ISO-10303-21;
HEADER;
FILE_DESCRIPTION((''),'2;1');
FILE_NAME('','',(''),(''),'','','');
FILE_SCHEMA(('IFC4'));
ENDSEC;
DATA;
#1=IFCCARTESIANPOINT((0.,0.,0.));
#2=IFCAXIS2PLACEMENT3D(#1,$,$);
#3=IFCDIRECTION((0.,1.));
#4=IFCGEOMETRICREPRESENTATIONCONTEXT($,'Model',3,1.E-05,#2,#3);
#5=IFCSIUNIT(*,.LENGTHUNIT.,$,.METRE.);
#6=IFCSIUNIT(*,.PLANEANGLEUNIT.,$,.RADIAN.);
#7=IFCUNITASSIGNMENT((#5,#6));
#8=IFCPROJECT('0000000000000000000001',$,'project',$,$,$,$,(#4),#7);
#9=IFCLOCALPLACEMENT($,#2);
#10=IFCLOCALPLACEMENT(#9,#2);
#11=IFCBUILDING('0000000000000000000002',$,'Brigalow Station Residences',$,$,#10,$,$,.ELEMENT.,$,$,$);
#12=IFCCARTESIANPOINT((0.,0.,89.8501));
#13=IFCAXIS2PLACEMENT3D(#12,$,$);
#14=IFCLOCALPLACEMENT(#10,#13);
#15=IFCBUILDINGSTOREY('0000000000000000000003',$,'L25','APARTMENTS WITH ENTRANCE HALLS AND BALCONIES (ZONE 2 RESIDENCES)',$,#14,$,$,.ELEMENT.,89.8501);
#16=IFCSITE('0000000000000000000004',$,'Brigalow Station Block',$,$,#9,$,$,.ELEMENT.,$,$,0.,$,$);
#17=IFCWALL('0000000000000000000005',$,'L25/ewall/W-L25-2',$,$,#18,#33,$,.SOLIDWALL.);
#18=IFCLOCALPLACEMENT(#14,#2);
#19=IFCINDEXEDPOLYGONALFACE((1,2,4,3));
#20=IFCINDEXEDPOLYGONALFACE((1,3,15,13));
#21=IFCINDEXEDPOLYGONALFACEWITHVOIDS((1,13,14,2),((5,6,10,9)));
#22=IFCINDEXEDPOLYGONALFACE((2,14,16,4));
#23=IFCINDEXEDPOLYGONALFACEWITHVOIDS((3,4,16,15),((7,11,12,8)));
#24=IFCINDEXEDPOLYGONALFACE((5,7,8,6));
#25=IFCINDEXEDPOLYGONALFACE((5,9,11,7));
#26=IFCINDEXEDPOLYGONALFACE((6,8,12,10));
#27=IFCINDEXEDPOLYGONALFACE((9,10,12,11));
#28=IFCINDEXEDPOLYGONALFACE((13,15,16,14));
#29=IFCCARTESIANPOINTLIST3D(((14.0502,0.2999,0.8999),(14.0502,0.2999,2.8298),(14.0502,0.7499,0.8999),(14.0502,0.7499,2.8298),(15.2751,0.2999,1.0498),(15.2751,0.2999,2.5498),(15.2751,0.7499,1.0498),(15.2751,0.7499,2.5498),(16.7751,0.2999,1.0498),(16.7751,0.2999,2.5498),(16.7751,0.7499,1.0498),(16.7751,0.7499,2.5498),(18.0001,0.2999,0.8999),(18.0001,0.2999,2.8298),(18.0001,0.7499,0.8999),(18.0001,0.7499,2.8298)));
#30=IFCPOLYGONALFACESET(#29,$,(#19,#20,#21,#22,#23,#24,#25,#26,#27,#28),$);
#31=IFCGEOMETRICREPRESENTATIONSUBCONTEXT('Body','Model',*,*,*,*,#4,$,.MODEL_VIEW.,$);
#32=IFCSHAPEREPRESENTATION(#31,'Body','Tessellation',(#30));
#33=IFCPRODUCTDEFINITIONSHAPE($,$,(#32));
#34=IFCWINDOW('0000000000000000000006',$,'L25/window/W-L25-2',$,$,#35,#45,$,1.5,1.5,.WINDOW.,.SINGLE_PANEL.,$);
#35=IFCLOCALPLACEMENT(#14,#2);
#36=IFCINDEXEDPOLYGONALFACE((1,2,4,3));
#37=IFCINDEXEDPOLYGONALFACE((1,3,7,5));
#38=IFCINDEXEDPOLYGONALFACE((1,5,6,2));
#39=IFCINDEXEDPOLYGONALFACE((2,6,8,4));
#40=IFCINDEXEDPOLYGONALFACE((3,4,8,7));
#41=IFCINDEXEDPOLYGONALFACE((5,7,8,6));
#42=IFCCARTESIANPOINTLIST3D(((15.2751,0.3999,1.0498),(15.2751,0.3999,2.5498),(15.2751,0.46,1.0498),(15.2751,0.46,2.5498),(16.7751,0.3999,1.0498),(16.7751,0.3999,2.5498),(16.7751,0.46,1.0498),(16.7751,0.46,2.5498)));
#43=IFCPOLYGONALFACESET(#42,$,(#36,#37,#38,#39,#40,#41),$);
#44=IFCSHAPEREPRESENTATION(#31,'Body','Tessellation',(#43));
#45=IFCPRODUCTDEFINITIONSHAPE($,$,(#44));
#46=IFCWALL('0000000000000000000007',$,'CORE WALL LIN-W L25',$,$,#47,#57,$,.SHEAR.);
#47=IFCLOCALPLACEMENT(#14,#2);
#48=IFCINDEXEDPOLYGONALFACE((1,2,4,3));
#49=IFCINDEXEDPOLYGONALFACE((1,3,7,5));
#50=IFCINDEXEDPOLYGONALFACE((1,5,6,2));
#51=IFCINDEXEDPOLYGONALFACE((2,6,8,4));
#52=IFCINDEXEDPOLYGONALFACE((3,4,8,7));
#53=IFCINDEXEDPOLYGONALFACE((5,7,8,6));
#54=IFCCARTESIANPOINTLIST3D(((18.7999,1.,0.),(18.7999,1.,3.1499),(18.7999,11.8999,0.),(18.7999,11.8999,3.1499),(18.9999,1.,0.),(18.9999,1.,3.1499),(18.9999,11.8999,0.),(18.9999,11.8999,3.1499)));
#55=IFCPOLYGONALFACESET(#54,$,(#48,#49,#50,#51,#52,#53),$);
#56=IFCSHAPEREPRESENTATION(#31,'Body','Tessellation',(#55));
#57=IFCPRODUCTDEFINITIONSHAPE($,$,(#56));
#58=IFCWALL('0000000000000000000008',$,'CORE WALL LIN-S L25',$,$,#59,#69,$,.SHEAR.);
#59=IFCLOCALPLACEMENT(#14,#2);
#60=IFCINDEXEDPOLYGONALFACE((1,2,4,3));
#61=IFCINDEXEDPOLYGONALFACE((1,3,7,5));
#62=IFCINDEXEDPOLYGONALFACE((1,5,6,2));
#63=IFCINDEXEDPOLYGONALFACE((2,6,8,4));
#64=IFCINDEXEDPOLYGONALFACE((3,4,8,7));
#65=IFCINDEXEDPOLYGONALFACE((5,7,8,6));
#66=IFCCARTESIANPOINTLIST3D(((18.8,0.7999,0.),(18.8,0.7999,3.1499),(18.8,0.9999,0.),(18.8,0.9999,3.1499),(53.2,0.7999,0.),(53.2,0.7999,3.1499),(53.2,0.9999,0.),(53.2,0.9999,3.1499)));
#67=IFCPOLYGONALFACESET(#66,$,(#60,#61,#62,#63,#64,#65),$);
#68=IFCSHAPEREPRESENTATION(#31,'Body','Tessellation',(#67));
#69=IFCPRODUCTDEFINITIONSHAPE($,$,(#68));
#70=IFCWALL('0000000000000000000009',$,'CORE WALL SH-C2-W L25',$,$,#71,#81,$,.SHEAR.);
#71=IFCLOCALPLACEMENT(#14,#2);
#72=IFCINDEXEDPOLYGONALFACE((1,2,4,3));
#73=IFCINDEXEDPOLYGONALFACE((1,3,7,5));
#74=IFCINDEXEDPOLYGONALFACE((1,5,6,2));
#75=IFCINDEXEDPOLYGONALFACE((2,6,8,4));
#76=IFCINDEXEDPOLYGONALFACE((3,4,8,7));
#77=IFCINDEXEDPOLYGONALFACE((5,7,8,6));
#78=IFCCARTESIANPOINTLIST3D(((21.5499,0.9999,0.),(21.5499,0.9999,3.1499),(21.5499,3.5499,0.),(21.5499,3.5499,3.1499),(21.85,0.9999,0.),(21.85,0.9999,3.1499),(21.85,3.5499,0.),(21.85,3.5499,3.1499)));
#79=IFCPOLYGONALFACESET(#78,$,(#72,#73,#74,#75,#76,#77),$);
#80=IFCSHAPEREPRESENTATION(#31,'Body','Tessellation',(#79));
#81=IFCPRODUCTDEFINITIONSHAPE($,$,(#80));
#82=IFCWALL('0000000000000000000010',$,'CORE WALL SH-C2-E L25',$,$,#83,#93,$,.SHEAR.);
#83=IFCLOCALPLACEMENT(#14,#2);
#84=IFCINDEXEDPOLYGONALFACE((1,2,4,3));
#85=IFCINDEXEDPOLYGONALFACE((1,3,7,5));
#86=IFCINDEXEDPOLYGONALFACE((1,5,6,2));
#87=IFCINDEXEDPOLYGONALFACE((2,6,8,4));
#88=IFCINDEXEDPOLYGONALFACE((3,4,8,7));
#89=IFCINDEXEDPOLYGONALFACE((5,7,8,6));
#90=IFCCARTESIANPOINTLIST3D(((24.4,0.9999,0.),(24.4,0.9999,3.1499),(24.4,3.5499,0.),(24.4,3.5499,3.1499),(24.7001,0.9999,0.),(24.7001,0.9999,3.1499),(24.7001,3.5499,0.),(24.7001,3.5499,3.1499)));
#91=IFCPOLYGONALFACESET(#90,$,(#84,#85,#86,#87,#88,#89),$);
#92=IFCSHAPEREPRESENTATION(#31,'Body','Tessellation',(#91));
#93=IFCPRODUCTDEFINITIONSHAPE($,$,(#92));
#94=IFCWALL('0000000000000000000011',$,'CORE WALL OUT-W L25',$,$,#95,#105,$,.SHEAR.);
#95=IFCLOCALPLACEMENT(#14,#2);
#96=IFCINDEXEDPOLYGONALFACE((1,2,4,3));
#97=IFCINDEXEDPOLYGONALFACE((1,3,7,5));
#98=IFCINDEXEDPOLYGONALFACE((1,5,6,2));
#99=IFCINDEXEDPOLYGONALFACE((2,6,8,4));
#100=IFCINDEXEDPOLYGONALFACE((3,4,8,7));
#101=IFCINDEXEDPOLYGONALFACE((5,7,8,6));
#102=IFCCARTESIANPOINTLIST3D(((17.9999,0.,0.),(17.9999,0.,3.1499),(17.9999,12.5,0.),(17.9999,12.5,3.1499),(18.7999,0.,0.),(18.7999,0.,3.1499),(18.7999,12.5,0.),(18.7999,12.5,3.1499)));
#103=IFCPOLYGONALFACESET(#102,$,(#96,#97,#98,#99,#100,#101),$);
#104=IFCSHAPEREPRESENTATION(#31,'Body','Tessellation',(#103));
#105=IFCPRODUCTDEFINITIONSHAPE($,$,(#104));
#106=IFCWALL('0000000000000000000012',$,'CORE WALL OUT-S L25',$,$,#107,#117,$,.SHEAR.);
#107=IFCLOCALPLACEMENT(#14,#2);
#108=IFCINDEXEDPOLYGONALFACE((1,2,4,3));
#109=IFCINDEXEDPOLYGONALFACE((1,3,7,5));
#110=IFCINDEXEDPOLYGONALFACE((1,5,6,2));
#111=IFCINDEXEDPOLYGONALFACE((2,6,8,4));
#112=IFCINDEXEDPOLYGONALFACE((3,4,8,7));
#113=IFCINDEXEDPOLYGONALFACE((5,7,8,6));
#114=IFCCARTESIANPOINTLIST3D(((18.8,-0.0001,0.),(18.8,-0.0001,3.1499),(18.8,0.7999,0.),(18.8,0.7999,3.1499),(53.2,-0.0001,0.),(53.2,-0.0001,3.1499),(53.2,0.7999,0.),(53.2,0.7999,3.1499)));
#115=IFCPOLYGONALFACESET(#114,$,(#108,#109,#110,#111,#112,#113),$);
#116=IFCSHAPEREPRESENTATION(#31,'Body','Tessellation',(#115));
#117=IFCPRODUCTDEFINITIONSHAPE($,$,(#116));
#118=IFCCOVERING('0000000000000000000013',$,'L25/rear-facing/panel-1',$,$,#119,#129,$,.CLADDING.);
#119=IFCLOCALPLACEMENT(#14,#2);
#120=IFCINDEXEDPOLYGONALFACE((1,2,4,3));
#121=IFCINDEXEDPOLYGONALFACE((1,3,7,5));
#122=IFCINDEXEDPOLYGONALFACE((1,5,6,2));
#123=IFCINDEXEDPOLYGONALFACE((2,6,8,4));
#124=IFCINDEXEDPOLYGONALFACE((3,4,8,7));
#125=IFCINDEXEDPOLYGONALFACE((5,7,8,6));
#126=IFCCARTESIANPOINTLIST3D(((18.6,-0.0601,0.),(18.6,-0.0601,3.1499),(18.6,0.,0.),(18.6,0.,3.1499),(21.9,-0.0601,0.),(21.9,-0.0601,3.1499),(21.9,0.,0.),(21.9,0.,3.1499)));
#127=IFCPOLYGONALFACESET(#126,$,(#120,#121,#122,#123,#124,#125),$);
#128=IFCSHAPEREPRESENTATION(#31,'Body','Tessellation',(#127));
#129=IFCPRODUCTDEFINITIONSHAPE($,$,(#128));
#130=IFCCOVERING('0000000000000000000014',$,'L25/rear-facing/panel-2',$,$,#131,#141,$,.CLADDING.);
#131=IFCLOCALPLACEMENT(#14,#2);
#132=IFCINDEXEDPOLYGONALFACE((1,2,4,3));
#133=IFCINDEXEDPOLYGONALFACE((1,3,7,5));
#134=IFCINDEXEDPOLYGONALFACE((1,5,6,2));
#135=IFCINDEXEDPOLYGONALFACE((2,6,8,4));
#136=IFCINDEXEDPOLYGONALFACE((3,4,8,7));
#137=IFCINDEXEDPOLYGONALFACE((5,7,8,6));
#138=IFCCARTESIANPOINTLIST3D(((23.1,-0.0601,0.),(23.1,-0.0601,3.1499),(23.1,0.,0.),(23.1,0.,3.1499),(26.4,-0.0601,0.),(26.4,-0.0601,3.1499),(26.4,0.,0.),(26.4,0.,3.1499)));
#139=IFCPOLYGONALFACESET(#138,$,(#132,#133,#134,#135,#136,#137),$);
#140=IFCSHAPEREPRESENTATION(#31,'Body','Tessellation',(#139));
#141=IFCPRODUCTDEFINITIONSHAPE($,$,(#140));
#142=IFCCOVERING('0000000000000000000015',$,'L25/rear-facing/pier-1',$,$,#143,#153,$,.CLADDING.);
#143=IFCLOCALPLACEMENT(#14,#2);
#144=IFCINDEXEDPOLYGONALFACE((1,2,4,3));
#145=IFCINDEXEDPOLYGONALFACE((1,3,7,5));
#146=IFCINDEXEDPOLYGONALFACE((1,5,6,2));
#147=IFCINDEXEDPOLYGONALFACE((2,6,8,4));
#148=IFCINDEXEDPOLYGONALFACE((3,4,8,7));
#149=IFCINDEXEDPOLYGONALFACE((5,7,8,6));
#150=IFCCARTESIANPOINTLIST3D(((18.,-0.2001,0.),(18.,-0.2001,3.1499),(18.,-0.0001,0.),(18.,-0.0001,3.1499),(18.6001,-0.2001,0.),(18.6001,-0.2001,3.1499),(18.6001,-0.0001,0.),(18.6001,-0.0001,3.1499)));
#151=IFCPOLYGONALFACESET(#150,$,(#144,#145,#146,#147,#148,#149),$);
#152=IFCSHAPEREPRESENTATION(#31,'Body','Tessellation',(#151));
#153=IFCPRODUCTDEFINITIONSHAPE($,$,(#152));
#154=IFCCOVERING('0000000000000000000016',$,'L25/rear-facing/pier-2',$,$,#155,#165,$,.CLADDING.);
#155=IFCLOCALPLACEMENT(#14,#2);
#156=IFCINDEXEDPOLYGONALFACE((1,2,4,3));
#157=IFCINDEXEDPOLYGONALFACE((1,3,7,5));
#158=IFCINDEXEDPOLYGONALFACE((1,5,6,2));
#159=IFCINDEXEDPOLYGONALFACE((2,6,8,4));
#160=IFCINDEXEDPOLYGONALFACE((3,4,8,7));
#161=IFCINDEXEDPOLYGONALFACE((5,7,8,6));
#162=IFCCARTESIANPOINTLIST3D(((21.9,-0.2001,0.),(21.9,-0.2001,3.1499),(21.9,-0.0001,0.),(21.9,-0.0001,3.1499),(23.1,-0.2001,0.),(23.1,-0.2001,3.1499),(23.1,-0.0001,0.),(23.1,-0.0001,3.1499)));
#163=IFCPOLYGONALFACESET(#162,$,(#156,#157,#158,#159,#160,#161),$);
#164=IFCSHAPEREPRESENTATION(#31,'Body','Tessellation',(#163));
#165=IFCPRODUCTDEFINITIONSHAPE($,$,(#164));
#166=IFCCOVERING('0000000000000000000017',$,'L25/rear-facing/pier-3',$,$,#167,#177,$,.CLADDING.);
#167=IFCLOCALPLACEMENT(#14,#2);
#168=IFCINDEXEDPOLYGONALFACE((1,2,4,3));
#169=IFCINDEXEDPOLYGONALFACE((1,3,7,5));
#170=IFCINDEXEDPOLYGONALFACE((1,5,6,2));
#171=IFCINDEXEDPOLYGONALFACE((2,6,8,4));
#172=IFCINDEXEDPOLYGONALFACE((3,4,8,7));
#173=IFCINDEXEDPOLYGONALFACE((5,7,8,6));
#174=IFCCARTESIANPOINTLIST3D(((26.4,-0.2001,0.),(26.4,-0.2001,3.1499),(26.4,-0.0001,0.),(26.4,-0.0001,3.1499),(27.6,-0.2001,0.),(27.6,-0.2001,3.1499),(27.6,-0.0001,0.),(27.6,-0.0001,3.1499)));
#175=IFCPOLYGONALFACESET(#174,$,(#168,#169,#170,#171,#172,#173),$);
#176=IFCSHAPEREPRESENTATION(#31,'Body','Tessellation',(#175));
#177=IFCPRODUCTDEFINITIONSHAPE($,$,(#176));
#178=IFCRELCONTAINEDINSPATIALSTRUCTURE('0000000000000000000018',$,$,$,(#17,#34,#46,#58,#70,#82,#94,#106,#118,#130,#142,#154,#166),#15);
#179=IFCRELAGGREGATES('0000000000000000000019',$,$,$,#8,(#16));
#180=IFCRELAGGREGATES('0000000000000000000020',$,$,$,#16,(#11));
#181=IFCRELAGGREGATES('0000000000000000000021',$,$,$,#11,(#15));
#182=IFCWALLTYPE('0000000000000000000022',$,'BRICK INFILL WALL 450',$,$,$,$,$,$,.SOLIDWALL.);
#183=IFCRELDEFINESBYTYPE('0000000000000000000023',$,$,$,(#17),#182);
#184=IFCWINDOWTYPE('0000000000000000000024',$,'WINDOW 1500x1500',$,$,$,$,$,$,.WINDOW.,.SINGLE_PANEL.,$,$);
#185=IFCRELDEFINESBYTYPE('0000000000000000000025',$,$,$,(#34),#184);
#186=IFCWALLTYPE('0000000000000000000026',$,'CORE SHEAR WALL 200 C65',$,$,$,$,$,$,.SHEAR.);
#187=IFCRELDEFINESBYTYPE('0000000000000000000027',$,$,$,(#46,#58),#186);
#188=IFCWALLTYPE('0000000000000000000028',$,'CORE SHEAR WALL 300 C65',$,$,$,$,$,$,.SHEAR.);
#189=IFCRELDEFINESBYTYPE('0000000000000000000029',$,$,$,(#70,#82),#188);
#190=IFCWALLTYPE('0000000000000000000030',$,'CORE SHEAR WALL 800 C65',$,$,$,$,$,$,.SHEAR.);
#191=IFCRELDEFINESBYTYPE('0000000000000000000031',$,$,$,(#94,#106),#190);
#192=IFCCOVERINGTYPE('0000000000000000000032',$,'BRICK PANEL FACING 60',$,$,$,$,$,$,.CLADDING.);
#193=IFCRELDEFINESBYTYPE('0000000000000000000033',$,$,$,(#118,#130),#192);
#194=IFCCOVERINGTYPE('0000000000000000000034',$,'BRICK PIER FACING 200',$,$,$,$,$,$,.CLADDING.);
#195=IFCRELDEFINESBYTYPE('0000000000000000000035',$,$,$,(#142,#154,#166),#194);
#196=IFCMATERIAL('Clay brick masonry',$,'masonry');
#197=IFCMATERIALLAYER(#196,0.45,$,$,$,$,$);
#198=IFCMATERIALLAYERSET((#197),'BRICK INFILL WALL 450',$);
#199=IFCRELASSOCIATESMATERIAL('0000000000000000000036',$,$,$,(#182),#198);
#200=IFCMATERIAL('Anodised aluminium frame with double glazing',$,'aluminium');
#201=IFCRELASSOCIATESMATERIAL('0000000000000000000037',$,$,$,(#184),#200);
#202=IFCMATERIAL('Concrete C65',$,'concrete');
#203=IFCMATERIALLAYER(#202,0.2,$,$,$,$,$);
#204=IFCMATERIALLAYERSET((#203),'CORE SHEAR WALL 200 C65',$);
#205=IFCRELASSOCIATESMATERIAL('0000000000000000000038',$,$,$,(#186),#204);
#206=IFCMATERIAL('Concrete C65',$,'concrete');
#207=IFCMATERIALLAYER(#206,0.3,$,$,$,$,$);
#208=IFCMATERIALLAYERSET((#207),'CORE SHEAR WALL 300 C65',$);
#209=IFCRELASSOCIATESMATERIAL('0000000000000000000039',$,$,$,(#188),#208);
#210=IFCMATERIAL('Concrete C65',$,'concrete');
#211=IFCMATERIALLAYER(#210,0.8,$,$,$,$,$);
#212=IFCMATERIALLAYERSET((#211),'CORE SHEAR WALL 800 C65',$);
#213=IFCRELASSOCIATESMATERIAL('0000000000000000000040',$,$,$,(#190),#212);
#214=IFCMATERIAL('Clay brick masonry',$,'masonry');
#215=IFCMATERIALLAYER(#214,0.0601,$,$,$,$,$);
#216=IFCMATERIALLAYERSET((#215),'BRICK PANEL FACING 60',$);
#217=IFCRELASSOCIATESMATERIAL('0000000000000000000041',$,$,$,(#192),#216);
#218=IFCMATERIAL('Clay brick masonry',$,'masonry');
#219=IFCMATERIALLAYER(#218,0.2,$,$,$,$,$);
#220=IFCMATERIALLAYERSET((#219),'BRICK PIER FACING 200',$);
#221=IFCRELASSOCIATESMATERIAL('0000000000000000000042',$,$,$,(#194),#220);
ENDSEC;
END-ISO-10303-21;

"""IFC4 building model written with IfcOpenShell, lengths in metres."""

from ifc_helpers import new_model, si_unit, direction, frame, frame_2d, origin, origin_2d, place, context, subcontext, project, spatial, rectangle, extrude, material, layer, layer_set, type_object, element, fill, save


model = new_model("IFC4")

# Units and contexts
model_context = context("Model", 3, precision=1e-05, world=origin(), true_north=direction((0.0, 1.0)))
body_context = subcontext(model_context, "Body", "Model", "MODEL_VIEW")
ifc_project = project(units=[si_unit("LENGTHUNIT", "METRE"), si_unit("PLANEANGLEUNIT", "RADIAN")], contexts=[model_context])

# Site, building, storey
site_placement = place(None, origin())
site = spatial("IfcSite", under=ifc_project, at=site_placement, Name="Brigalow Station Block", CompositionType="ELEMENT", RefElevation=0.0)
building_placement = place(site_placement, origin())
building = spatial("IfcBuilding", under=site, at=building_placement, Name="Brigalow Station Residences", CompositionType="ELEMENT")
storey_placement = place(building_placement, frame((0.0, 0.0, 89.8501)))
storey = spatial("IfcBuildingStorey", under=building, at=storey_placement, Name="L25", Description="APARTMENTS WITH ENTRANCE HALLS AND BALCONIES (ZONE 2 RESIDENCES)", CompositionType="ELEMENT", Elevation=89.8501)

# Wall, opening, window
ifc_material_1 = material(Name="Clay brick masonry", Category="masonry")
ifc_layer_1 = layer(ifc_material_1, 0.45)
ifc_layer_set_1 = layer_set([ifc_layer_1], Name="BRICK INFILL WALL 450")
wall_type_1 = type_object("IfcWallType", Name="BRICK INFILL WALL 450", PredefinedType="SOLIDWALL", material=ifc_layer_set_1)
wall_1_placement = place(storey_placement, frame((14.05, 0.5249, 0.8999), z_axis=(0.0, 0.0, 1.0), x_axis=(1.0, 0.0, 0.0)))
wall_1 = element("IfcWall", 1, at=wall_1_placement, inside=storey, type_object=wall_type_1, Name="L25/ewall/W-L25-2", PredefinedType="SOLIDWALL", context=body_context, shape_type="SweptSolid", body=[
    extrude(rectangle(XDim=3.95, YDim=0.45, at=frame_2d((1.9751, 0.0))), origin(), (0.0, 0.0, 1.0), 1.9299),
])
opening_placement = place(wall_1_placement, frame((1.2251, 0.0, 0.1499)))
opening = element("IfcOpeningElement", 2, at=opening_placement, cuts=wall_1, PredefinedType="OPENING", context=body_context, shape_type="SweptSolid", body=[
    extrude(rectangle(XDim=1.5, YDim=1.5, at=frame_2d((0.75, 0.75))), frame((0.0, 0.2349, 0.0), z_axis=(0.0, -1.0, 0.0), x_axis=(1.0, 0.0, 0.0)), (0.0, 0.0, 1.0), 0.47),
])
ifc_material_2 = material(Name="Anodised aluminium frame with double glazing", Category="aluminium")
window_type = type_object("IfcWindowType", Name="WINDOW 1500x1500", PartitioningType="SINGLE_PANEL", PredefinedType="WINDOW", material=ifc_material_2)
window_placement = place(opening_placement, origin())
window = element("IfcWindow", 3, at=window_placement, inside=storey, type_object=window_type, Name="L25/window/W-L25-2", OverallHeight=1.5, OverallWidth=1.5, PartitioningType="SINGLE_PANEL", PredefinedType="WINDOW", context=body_context, shape_type="SweptSolid", body=[
    extrude(rectangle(XDim=1.5, YDim=1.5, at=frame_2d((0.75, 0.75))), frame((0.0, -0.0649, 0.0), z_axis=(0.0, -1.0, 0.0), x_axis=(1.0, 0.0, 0.0)), (0.0, 0.0, 1.0), 0.0601),
])
fill(opening, window)

# Walls
ifc_material_3 = material(Name="Concrete C65", Category="concrete")
ifc_layer_2 = layer(ifc_material_3, 0.2)
ifc_layer_set_2 = layer_set([ifc_layer_2], Name="CORE SHEAR WALL 200 C65")
wall_type_2 = type_object("IfcWallType", Name="CORE SHEAR WALL 200 C65", PredefinedType="SHEAR", material=ifc_layer_set_2)
wall_2_placement = place(storey_placement, frame((18.8999, 1.0, 0.0), z_axis=(0.0, 0.0, 1.0), x_axis=(0.0, 1.0, 0.0)))
element("IfcWall", 4, at=wall_2_placement, inside=storey, type_object=wall_type_2, Name="CORE WALL LIN-W L25", PredefinedType="SHEAR", context=body_context, shape_type="SweptSolid", body=[
    extrude(rectangle(XDim=10.8999, YDim=0.2, at=frame_2d((5.45, 0.0))), origin(), (0.0, 0.0, 1.0), 3.1499),
])
wall_3_placement = place(storey_placement, frame((18.8, 0.8999, 0.0), z_axis=(0.0, 0.0, 1.0), x_axis=(1.0, 0.0, 0.0)))
element("IfcWall", 5, at=wall_3_placement, inside=storey, type_object=wall_type_2, Name="CORE WALL LIN-S L25", PredefinedType="SHEAR", context=body_context, shape_type="SweptSolid", body=[
    extrude(rectangle(XDim=34.3999, YDim=0.2, at=frame_2d((17.2, 0.0))), origin(), (0.0, 0.0, 1.0), 3.1499),
])
ifc_material_4 = material(Name="Concrete C65", Category="concrete")
ifc_layer_3 = layer(ifc_material_4, 0.3)
ifc_layer_set_3 = layer_set([ifc_layer_3], Name="CORE SHEAR WALL 300 C65")
wall_type_3 = type_object("IfcWallType", Name="CORE SHEAR WALL 300 C65", PredefinedType="SHEAR", material=ifc_layer_set_3)
for number, where, z_axis, x_axis, name in (
    (6, (21.7, 1.0, 0.0), (0.0, 0.0, 1.0), (0.0, 1.0, 0.0), "CORE WALL SH-C2-W L25"),
    (7, (24.55, 1.0, 0.0), (0.0, 0.0, 1.0), (0.0, 1.0, 0.0), "CORE WALL SH-C2-E L25"),
):
    element("IfcWall", number, at=place(storey_placement, frame(where, z_axis=z_axis, x_axis=x_axis)), inside=storey, type_object=wall_type_3, Name=name, PredefinedType="SHEAR", context=body_context, shape_type="SweptSolid", body=[
        extrude(rectangle(XDim=2.55, YDim=0.3, at=frame_2d((1.2749, 0.0))), origin(), (0.0, 0.0, 1.0), 3.1499),
    ])
ifc_material_5 = material(Name="Concrete C65", Category="concrete")
ifc_layer_4 = layer(ifc_material_5, 0.8)
ifc_layer_set_4 = layer_set([ifc_layer_4], Name="CORE SHEAR WALL 800 C65")
wall_type_4 = type_object("IfcWallType", Name="CORE SHEAR WALL 800 C65", PredefinedType="SHEAR", material=ifc_layer_set_4)
wall_4_placement = place(storey_placement, frame((18.3999, 0.0, 0.0), z_axis=(0.0, 0.0, 1.0), x_axis=(0.0, 1.0, 0.0)))
element("IfcWall", 8, at=wall_4_placement, inside=storey, type_object=wall_type_4, Name="CORE WALL OUT-W L25", PredefinedType="SHEAR", context=body_context, shape_type="SweptSolid", body=[
    extrude(rectangle(XDim=12.5, YDim=0.8, at=frame_2d((6.25, 0.0))), origin(), (0.0, 0.0, 1.0), 3.1499),
])
wall_5_placement = place(storey_placement, frame((18.8, 0.3999, 0.0), z_axis=(0.0, 0.0, 1.0), x_axis=(1.0, 0.0, 0.0)))
element("IfcWall", 9, at=wall_5_placement, inside=storey, type_object=wall_type_4, Name="CORE WALL OUT-S L25", PredefinedType="SHEAR", context=body_context, shape_type="SweptSolid", body=[
    extrude(rectangle(XDim=34.3999, YDim=0.8, at=frame_2d((17.2, 0.0))), origin(), (0.0, 0.0, 1.0), 3.1499),
])

# Coverings
ifc_material_6 = material(Name="Clay brick masonry", Category="masonry")
ifc_layer_5 = layer(ifc_material_6, 0.0601)
ifc_layer_set_5 = layer_set([ifc_layer_5], Name="BRICK PANEL FACING 60")
covering_type_1 = type_object("IfcCoveringType", Name="BRICK PANEL FACING 60", PredefinedType="CLADDING", material=ifc_layer_set_5)
for number, where, z_axis, x_axis, name in (
    (10, (20.25, -0.03, 0.0), (0.0, 0.0, 1.0), (1.0, 0.0, 0.0), "L25/rear-facing/panel-1"),
    (11, (24.75, -0.03, 0.0), (0.0, 0.0, 1.0), (1.0, 0.0, 0.0), "L25/rear-facing/panel-2"),
):
    element("IfcCovering", number, at=place(storey_placement, frame(where, z_axis=z_axis, x_axis=x_axis)), inside=storey, type_object=covering_type_1, Name=name, PredefinedType="CLADDING", context=body_context, shape_type="SweptSolid", body=[
        extrude(rectangle(XDim=3.3, YDim=0.0601, at=origin_2d()), origin(), (0.0, 0.0, 1.0), 3.1499),
    ])
ifc_material_7 = material(Name="Clay brick masonry", Category="masonry")
ifc_layer_6 = layer(ifc_material_7, 0.2)
ifc_layer_set_6 = layer_set([ifc_layer_6], Name="BRICK PIER FACING 200")
covering_type_2 = type_object("IfcCoveringType", Name="BRICK PIER FACING 200", PredefinedType="CLADDING", material=ifc_layer_set_6)
covering_placement = place(storey_placement, frame((18.3, -0.1001, 0.0), z_axis=(0.0, 0.0, 1.0), x_axis=(1.0, 0.0, 0.0)))
element("IfcCovering", 12, at=covering_placement, inside=storey, type_object=covering_type_2, Name="L25/rear-facing/pier-1", PredefinedType="CLADDING", context=body_context, shape_type="SweptSolid", body=[
    extrude(rectangle(XDim=0.6001, YDim=0.2, at=origin_2d()), origin(), (0.0, 0.0, 1.0), 3.1499),
])
for number, where, z_axis, x_axis, name in (
    (13, (22.5, -0.1001, 0.0), (0.0, 0.0, 1.0), (1.0, 0.0, 0.0), "L25/rear-facing/pier-2"),
    (14, (27.0, -0.1001, 0.0), (0.0, 0.0, 1.0), (1.0, 0.0, 0.0), "L25/rear-facing/pier-3"),
):
    element("IfcCovering", number, at=place(storey_placement, frame(where, z_axis=z_axis, x_axis=x_axis)), inside=storey, type_object=covering_type_2, Name=name, PredefinedType="CLADDING", context=body_context, shape_type="SweptSolid", body=[
        extrude(rectangle(XDim=1.2, YDim=0.2, at=origin_2d()), origin(), (0.0, 0.0, 1.0), 3.1499),
    ])

save(model, "model.ifc")
